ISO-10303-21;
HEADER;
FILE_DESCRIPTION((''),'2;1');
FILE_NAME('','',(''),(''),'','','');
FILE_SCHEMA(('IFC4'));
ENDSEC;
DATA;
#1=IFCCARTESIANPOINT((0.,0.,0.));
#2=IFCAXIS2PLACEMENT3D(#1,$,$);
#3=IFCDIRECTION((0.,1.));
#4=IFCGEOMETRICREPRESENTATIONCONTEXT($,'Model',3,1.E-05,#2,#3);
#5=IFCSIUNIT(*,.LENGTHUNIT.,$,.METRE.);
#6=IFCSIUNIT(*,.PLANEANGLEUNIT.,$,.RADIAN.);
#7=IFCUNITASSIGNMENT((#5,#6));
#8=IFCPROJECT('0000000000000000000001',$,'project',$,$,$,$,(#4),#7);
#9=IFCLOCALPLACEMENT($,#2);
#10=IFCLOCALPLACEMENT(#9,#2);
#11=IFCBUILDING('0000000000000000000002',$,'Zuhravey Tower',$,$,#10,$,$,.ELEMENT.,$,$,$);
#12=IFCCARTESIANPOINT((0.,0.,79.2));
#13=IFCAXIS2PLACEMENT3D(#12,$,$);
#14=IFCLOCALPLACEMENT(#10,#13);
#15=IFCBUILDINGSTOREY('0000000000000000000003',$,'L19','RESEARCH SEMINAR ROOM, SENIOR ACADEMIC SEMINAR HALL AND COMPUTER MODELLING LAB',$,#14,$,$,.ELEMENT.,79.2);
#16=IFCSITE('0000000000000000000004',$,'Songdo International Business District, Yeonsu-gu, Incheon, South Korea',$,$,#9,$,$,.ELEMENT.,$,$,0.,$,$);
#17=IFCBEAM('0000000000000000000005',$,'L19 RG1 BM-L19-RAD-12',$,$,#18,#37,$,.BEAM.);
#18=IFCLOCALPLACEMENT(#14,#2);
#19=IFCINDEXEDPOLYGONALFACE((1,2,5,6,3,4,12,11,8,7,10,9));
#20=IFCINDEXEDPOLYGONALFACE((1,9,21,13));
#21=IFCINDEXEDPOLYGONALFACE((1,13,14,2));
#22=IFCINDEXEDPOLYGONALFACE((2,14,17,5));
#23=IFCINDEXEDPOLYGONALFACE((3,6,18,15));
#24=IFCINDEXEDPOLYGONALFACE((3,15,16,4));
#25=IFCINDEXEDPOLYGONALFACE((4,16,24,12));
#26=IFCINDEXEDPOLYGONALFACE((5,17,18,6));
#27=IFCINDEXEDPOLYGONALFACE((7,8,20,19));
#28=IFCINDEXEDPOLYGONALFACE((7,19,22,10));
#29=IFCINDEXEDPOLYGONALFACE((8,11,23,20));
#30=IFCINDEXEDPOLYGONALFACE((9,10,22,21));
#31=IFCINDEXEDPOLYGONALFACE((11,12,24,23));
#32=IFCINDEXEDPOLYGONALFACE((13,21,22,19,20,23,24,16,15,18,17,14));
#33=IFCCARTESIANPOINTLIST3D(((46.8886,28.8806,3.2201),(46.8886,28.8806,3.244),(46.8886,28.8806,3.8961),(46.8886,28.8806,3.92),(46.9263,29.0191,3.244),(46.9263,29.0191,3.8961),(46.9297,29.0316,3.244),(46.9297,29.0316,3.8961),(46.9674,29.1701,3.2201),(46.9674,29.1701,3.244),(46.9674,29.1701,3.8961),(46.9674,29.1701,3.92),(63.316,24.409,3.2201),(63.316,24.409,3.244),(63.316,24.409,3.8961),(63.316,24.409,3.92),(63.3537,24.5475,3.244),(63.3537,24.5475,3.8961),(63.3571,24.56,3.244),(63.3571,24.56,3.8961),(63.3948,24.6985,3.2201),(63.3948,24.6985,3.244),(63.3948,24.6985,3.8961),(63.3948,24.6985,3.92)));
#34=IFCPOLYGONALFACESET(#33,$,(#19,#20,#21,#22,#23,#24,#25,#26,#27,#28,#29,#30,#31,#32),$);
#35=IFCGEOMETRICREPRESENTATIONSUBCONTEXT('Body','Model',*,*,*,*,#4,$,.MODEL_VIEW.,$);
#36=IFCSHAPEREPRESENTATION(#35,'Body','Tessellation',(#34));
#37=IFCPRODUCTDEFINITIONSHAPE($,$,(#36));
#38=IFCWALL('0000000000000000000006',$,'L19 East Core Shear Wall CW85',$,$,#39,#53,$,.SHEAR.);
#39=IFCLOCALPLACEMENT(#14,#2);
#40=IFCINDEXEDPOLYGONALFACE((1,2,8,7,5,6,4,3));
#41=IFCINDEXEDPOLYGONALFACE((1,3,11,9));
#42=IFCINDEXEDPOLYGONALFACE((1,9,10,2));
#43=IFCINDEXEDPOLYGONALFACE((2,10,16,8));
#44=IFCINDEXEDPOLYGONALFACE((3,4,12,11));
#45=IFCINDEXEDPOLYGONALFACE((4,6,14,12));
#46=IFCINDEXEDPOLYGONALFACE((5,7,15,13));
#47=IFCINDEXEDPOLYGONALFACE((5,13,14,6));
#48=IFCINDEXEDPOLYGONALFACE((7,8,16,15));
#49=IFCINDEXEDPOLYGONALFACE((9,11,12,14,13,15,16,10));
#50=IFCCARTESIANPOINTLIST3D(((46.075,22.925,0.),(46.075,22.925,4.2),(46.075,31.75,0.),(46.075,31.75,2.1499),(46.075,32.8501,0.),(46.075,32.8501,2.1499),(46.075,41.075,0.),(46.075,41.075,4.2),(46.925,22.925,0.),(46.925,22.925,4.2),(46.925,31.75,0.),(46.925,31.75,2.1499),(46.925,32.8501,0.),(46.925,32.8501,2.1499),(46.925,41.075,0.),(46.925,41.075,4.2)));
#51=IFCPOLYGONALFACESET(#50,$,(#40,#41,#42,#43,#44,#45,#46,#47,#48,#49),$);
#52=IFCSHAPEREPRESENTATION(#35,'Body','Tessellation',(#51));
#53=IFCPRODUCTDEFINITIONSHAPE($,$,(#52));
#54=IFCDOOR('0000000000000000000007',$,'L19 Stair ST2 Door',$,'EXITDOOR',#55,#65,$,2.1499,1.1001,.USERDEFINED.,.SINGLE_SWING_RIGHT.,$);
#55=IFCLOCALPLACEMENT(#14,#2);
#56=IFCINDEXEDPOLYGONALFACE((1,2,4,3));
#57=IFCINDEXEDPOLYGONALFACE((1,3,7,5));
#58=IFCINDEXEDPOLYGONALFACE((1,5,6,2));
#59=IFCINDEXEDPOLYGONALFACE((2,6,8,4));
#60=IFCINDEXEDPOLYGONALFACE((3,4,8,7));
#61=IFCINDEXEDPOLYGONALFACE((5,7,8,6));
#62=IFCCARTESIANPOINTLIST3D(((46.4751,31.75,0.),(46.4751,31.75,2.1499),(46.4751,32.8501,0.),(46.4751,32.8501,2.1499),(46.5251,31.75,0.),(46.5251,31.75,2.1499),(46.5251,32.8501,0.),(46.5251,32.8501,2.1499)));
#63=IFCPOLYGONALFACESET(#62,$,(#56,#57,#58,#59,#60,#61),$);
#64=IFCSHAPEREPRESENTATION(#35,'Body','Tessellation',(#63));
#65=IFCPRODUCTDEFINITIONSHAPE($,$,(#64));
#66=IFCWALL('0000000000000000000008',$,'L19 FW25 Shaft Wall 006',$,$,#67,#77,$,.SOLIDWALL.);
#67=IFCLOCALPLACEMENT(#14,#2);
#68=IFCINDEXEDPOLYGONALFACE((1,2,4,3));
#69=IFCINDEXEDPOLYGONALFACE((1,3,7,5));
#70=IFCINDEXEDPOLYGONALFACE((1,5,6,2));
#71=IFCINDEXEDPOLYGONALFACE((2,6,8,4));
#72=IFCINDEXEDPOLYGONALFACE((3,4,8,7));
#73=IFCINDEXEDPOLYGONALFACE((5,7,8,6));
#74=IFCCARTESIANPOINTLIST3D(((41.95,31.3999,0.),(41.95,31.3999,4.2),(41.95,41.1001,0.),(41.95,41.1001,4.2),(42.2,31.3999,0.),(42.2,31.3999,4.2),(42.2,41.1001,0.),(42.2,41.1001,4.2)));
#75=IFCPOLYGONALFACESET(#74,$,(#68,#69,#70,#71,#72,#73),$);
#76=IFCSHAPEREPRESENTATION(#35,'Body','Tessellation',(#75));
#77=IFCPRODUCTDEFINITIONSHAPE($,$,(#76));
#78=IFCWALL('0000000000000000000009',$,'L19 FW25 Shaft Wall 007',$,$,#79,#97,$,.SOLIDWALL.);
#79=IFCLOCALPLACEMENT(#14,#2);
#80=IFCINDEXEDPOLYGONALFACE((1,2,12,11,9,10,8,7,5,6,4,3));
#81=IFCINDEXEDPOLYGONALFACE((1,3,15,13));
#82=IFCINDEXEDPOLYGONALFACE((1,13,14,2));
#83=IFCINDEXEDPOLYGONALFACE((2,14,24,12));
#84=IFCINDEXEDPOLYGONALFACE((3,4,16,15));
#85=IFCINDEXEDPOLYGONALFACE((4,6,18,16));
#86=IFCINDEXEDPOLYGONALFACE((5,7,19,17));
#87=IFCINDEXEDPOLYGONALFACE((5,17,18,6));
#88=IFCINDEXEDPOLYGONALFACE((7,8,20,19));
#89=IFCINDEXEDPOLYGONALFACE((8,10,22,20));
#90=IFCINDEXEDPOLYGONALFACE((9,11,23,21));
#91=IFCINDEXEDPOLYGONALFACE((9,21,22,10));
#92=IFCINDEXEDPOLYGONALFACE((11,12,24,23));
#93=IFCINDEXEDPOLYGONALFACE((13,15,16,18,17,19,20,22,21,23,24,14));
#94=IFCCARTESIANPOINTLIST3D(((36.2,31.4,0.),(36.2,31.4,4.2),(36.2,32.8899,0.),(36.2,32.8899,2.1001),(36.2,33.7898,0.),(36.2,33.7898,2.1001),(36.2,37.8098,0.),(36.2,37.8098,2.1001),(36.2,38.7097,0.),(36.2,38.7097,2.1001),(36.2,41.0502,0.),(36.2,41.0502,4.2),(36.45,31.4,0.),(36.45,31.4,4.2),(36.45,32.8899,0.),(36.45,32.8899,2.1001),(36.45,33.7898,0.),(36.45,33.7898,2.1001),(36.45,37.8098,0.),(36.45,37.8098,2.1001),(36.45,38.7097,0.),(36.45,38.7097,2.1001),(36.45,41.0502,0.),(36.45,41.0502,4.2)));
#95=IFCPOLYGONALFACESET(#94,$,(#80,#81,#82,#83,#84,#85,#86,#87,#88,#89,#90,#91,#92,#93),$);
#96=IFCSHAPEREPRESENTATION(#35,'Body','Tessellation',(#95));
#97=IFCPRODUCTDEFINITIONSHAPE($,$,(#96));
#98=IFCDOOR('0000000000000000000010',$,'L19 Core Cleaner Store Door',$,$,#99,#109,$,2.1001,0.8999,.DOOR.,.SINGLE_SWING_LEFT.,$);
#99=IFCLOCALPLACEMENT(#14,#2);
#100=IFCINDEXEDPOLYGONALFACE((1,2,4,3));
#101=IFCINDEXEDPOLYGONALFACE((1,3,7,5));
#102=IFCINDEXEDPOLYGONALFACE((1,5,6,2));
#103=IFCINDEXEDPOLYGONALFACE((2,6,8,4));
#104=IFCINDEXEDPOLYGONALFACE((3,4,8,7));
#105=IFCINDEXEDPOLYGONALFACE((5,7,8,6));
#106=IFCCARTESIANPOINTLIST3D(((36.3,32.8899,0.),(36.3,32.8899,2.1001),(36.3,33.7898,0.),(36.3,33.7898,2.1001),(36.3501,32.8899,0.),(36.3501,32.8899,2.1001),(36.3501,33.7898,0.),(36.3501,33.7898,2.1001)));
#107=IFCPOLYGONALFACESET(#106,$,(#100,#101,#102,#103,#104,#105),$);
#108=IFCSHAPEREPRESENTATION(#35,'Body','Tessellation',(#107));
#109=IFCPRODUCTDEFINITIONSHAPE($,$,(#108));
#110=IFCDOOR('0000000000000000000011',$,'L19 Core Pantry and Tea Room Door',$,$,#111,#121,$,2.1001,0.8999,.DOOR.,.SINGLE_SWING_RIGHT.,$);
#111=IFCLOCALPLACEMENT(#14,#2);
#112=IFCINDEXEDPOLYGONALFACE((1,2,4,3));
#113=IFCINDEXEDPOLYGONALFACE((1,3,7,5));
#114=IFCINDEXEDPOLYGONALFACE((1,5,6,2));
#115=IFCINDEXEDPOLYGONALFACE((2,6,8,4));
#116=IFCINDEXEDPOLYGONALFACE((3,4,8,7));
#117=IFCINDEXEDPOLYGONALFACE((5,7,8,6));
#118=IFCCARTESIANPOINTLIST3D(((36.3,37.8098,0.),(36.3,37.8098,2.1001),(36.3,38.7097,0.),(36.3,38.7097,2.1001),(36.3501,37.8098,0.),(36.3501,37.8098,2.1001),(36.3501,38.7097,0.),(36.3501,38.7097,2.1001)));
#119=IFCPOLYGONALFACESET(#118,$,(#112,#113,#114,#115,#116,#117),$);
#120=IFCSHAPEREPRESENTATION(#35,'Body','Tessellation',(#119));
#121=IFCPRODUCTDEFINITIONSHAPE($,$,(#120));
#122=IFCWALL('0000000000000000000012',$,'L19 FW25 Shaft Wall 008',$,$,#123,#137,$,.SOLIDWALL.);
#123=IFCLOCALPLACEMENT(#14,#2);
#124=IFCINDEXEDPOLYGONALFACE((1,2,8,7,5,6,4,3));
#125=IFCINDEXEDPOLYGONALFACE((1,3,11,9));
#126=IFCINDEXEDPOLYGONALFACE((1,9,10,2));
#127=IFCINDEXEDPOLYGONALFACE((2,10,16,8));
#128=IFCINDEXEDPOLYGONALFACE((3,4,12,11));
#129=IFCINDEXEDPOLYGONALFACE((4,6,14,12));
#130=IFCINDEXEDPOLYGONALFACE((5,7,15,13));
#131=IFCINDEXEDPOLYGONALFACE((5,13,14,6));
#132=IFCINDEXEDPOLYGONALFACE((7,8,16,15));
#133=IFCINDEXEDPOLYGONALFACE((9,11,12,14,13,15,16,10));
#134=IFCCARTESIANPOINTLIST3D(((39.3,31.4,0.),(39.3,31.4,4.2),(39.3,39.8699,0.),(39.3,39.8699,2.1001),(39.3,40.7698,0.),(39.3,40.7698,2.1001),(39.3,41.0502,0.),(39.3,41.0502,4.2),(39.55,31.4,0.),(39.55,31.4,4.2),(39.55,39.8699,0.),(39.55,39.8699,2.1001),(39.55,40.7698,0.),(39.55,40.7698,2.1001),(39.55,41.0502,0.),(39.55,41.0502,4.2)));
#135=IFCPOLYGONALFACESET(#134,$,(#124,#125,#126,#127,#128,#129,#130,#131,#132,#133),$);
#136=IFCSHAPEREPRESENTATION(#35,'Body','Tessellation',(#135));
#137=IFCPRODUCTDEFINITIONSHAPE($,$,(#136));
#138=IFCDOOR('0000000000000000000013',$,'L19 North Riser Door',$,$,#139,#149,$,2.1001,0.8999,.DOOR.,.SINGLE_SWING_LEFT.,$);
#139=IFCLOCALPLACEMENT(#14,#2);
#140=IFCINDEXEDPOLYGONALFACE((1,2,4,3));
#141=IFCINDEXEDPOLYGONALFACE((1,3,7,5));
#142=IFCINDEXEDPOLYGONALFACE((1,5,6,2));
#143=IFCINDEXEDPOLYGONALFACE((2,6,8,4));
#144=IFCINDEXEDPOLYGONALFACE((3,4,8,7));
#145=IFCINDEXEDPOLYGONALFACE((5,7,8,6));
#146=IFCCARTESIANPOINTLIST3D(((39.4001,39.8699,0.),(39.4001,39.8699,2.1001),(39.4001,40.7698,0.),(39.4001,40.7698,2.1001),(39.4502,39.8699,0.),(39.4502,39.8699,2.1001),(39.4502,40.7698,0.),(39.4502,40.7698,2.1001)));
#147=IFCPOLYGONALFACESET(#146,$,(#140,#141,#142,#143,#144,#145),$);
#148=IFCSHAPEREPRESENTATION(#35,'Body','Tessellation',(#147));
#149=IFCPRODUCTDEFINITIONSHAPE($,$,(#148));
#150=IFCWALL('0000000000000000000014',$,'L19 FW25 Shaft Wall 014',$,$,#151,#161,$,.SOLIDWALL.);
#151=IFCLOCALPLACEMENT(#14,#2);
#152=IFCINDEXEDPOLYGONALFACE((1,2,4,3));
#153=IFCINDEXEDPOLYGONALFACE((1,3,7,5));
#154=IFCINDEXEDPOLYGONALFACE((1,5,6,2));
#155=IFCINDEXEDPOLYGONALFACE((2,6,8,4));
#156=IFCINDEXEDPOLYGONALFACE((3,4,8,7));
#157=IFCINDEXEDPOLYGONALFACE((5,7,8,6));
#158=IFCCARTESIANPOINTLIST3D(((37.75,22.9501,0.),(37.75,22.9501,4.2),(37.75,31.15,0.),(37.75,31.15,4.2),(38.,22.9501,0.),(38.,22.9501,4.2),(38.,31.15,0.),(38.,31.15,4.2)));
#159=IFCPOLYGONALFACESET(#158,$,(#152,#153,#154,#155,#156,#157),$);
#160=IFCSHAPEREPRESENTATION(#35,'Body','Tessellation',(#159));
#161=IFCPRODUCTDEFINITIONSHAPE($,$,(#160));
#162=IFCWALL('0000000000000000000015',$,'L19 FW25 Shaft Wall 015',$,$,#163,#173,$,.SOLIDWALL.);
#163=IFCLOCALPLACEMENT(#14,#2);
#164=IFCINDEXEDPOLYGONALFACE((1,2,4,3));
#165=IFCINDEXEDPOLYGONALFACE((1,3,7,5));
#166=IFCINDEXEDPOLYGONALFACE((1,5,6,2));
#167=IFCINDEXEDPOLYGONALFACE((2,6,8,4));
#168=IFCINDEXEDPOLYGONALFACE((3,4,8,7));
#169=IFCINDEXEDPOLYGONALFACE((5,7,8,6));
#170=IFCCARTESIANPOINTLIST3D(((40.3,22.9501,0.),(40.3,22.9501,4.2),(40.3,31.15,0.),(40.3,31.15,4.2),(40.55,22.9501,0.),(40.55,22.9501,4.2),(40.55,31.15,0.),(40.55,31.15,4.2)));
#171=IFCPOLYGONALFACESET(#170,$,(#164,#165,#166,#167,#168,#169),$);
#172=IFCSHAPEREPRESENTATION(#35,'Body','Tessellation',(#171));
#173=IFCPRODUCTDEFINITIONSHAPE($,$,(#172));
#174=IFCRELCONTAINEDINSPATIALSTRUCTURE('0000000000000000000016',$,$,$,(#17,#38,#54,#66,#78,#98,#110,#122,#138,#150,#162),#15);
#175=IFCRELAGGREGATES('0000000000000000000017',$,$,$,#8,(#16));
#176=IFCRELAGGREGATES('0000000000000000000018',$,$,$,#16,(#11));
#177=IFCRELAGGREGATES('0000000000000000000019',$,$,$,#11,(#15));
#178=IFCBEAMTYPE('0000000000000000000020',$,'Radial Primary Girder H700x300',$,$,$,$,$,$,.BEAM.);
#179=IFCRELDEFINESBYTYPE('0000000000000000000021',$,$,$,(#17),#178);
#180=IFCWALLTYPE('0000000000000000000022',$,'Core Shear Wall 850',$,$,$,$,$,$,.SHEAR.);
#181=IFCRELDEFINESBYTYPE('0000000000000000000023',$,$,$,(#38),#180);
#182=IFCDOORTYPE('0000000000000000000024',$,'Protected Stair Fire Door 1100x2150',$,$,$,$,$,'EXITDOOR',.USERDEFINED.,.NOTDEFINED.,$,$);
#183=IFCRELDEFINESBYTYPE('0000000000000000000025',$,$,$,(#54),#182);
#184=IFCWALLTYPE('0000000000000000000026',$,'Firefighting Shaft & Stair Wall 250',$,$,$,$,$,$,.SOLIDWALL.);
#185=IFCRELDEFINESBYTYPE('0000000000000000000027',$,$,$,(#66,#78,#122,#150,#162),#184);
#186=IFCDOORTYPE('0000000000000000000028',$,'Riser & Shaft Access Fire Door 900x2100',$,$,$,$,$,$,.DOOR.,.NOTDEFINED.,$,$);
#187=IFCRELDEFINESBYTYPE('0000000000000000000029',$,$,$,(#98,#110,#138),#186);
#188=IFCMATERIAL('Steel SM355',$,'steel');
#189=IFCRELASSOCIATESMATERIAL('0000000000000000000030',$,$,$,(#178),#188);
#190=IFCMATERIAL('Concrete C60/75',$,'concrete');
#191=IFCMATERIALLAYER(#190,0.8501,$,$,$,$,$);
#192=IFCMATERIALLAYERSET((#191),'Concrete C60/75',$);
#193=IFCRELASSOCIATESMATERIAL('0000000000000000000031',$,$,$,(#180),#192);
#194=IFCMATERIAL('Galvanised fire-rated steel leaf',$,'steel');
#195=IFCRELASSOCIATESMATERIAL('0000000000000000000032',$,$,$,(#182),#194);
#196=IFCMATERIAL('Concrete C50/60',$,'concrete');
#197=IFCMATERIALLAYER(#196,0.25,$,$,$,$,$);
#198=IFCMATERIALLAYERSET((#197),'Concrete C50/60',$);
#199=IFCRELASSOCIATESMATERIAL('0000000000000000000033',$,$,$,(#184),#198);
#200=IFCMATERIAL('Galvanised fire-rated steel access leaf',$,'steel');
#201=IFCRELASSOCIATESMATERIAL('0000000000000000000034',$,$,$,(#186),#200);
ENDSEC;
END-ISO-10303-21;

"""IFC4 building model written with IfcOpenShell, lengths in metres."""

from ifc_helpers import new_model, si_unit, direction, frame, frame_2d, origin, origin_2d, place, context, subcontext, project, spatial, rectangle, i_section, extrude, material, layer, layer_set, material_profile, profile_set, type_object, element, fill, save


model = new_model("IFC4")

# Units and contexts
model_context = context("Model", 3, precision=1e-05, world=origin(), true_north=direction((0.0, 1.0)))
body_context = subcontext(model_context, "Body", "Model", "MODEL_VIEW")
ifc_project = project(units=[si_unit("LENGTHUNIT", "METRE"), si_unit("PLANEANGLEUNIT", "RADIAN")], contexts=[model_context])

# Site, building, storey
site_placement = place(None, origin())
site = spatial("IfcSite", under=ifc_project, at=site_placement, Name="Songdo International Business District, Yeonsu-gu, Incheon, South Korea", CompositionType="ELEMENT", RefElevation=0.0)
building_placement = place(site_placement, origin())
building = spatial("IfcBuilding", under=site, at=building_placement, Name="Zuhravey Tower", CompositionType="ELEMENT")
storey_placement = place(building_placement, frame((0.0, 0.0, 79.2)))
storey = spatial("IfcBuildingStorey", under=building, at=storey_placement, Name="L19", Description="RESEARCH SEMINAR ROOM, SENIOR ACADEMIC SEMINAR HALL AND COMPUTER MODELLING LAB", CompositionType="ELEMENT", Elevation=79.2)

# Beam
ifc_material_1 = material(Name="Steel SM355", Category="steel")
ifc_material_profile = material_profile(ifc_material_1, i_section(OverallWidth=0.3, OverallDepth=0.7, WebThickness=0.0129, FlangeThickness=0.0239, at=origin_2d()), Name="H-700x300x13x24")
ifc_profile_set = profile_set([ifc_material_profile], Name="Steel SM355")
beam_type = type_object("IfcBeamType", Name="Radial Primary Girder H700x300", PredefinedType="BEAM", material=ifc_profile_set)
beam_placement = place(storey_placement, frame((46.928, 29.0254, 3.5701), z_axis=(0.964891, -0.26265, 0.0), x_axis=(0.26265, 0.964891, 0.0)))
element("IfcBeam", 1, at=beam_placement, inside=storey, type_object=beam_type, Name="L19 RG1 BM-L19-RAD-12", PredefinedType="BEAM", context=body_context, shape_type="SweptSolid", body=[
    extrude(i_section(OverallWidth=0.3, OverallDepth=0.7, WebThickness=0.0129, FlangeThickness=0.0239, at=origin_2d()), origin(), (0.0, 0.0, 1.0), 17.0251),
])

# Wall, opening, door
ifc_material_2 = material(Name="Concrete C60/75", Category="concrete")
ifc_layer_1 = layer(ifc_material_2, 0.8501)
ifc_layer_set_1 = layer_set([ifc_layer_1], Name="Concrete C60/75")
wall_type_1 = type_object("IfcWallType", Name="Core Shear Wall 850", PredefinedType="SHEAR", material=ifc_layer_set_1)
wall_1_placement = place(storey_placement, frame((46.5, 22.925, 0.0), z_axis=(0.0, 0.0, 1.0), x_axis=(0.0, 1.0, 0.0)))
wall_1 = element("IfcWall", 2, at=wall_1_placement, inside=storey, type_object=wall_type_1, Name="L19 East Core Shear Wall CW85", PredefinedType="SHEAR", context=body_context, shape_type="SweptSolid", body=[
    extrude(rectangle(XDim=18.1499, YDim=0.8501, at=frame_2d((9.075, 0.0))), origin(), (0.0, 0.0, 1.0), 4.2),
])
opening_1_placement = place(wall_1_placement, frame((8.825, 0.0, 0.0)))
opening_1 = element("IfcOpeningElement", 3, at=opening_1_placement, cuts=wall_1, PredefinedType="OPENING", context=body_context, shape_type="SweptSolid", body=[
    extrude(rectangle(XDim=1.1001, YDim=2.1499, at=frame_2d((0.55, 1.075))), frame((0.0, 0.437, 0.0), z_axis=(0.0, -1.0, 0.0), x_axis=(1.0, 0.0, 0.0)), (0.0, 0.0, 1.0), 0.874),
])
ifc_material_3 = material(Name="Galvanised fire-rated steel leaf", Category="steel")
door_type_1 = type_object("IfcDoorType", Name="Protected Stair Fire Door 1100x2150", ElementType="EXITDOOR", OperationType="NOTDEFINED", PredefinedType="USERDEFINED", material=ifc_material_3)
door_1_placement = place(opening_1_placement, origin())
door_1 = element("IfcDoor", 4, at=door_1_placement, inside=storey, type_object=door_type_1, Name="L19 Stair ST2 Door", ObjectType="EXITDOOR", OperationType="SINGLE_SWING_RIGHT", OverallHeight=2.1499, OverallWidth=1.1001, PredefinedType="USERDEFINED", context=body_context, shape_type="SweptSolid", body=[
    extrude(rectangle(XDim=1.1001, YDim=2.1499, at=frame_2d((0.55, 1.075))), frame((0.0, 0.0249, 0.0), z_axis=(0.0, -1.0, 0.0), x_axis=(1.0, 0.0, 0.0)), (0.0, 0.0, 1.0), 0.05),
])
fill(opening_1, door_1)

# Wall
ifc_material_4 = material(Name="Concrete C50/60", Category="concrete")
ifc_layer_2 = layer(ifc_material_4, 0.25)
ifc_layer_set_2 = layer_set([ifc_layer_2], Name="Concrete C50/60")
wall_type_2 = type_object("IfcWallType", Name="Firefighting Shaft & Stair Wall 250", PredefinedType="SOLIDWALL", material=ifc_layer_set_2)
wall_2_placement = place(storey_placement, frame((42.075, 31.3999, 0.0), z_axis=(0.0, 0.0, 1.0), x_axis=(0.0, 1.0, 0.0)))
element("IfcWall", 5, at=wall_2_placement, inside=storey, type_object=wall_type_2, Name="L19 FW25 Shaft Wall 006", PredefinedType="SOLIDWALL", context=body_context, shape_type="SweptSolid", body=[
    extrude(rectangle(XDim=9.7002, YDim=0.25, at=frame_2d((4.8501, 0.0))), origin(), (0.0, 0.0, 1.0), 4.2),
])

# Wall, openings, doors
wall_3_placement = place(storey_placement, frame((36.325, 31.3999, 0.0), z_axis=(0.0, 0.0, 1.0), x_axis=(0.0, 1.0, 0.0)))
wall_3 = element("IfcWall", 6, at=wall_3_placement, inside=storey, type_object=wall_type_2, Name="L19 FW25 Shaft Wall 007", PredefinedType="SOLIDWALL", context=body_context, shape_type="SweptSolid", body=[
    extrude(rectangle(XDim=9.6501, YDim=0.25, at=frame_2d((4.8252, 0.0))), origin(), (0.0, 0.0, 1.0), 4.2),
])
opening_2_placement = place(wall_3_placement, frame((1.49, 0.0, 0.0)))
opening_2 = element("IfcOpeningElement", 7, at=opening_2_placement, cuts=wall_3, PredefinedType="OPENING", context=body_context, shape_type="SweptSolid", body=[
    extrude(rectangle(XDim=0.8999, YDim=2.1001, at=frame_2d((0.45, 1.05))), frame((0.0, 0.137, 0.0), z_axis=(0.0, -1.0, 0.0), x_axis=(1.0, 0.0, 0.0)), (0.0, 0.0, 1.0), 0.2739),
])
opening_3_placement = place(wall_3_placement, frame((6.4099, 0.0, 0.0)))
opening_3 = element("IfcOpeningElement", 8, at=opening_3_placement, cuts=wall_3, PredefinedType="OPENING", context=body_context, shape_type="SweptSolid", body=[
    extrude(rectangle(XDim=0.8999, YDim=2.1001, at=frame_2d((0.45, 1.05))), frame((0.0, 0.137, 0.0), z_axis=(0.0, -1.0, 0.0), x_axis=(1.0, 0.0, 0.0)), (0.0, 0.0, 1.0), 0.2739),
])
ifc_material_5 = material(Name="Galvanised fire-rated steel access leaf", Category="steel")
door_type_2 = type_object("IfcDoorType", Name="Riser & Shaft Access Fire Door 900x2100", OperationType="NOTDEFINED", PredefinedType="DOOR", material=ifc_material_5)
door_2_placement = place(opening_2_placement, origin())
door_2 = element("IfcDoor", 9, at=door_2_placement, inside=storey, type_object=door_type_2, Name="L19 Core Cleaner Store Door", OperationType="SINGLE_SWING_LEFT", OverallHeight=2.1001, OverallWidth=0.8999, PredefinedType="DOOR", context=body_context, shape_type="SweptSolid", body=[
    extrude(rectangle(XDim=0.8999, YDim=2.1001, at=frame_2d((0.45, 1.05))), frame((0.0, 0.0249, 0.0), z_axis=(0.0, -1.0, 0.0), x_axis=(1.0, 0.0, 0.0)), (0.0, 0.0, 1.0), 0.05),
])
fill(opening_2, door_2)
door_3_placement = place(opening_3_placement, origin())
door_3 = element("IfcDoor", 10, at=door_3_placement, inside=storey, type_object=door_type_2, Name="L19 Core Pantry and Tea Room Door", OperationType="SINGLE_SWING_RIGHT", OverallHeight=2.1001, OverallWidth=0.8999, PredefinedType="DOOR", context=body_context, shape_type="SweptSolid", body=[
    extrude(rectangle(XDim=0.8999, YDim=2.1001, at=frame_2d((0.45, 1.05))), frame((0.0, 0.0249, 0.0), z_axis=(0.0, -1.0, 0.0), x_axis=(1.0, 0.0, 0.0)), (0.0, 0.0, 1.0), 0.05),
])
fill(opening_3, door_3)

# Wall, opening, door
wall_4_placement = place(storey_placement, frame((39.425, 31.3999, 0.0), z_axis=(0.0, 0.0, 1.0), x_axis=(0.0, 1.0, 0.0)))
wall_4 = element("IfcWall", 11, at=wall_4_placement, inside=storey, type_object=wall_type_2, Name="L19 FW25 Shaft Wall 008", PredefinedType="SOLIDWALL", context=body_context, shape_type="SweptSolid", body=[
    extrude(rectangle(XDim=9.6501, YDim=0.25, at=frame_2d((4.8252, 0.0))), origin(), (0.0, 0.0, 1.0), 4.2),
])
opening_4_placement = place(wall_4_placement, frame((8.47, 0.0, 0.0)))
opening_4 = element("IfcOpeningElement", 12, at=opening_4_placement, cuts=wall_4, PredefinedType="OPENING", context=body_context, shape_type="SweptSolid", body=[
    extrude(rectangle(XDim=0.8999, YDim=2.1001, at=frame_2d((0.45, 1.05))), frame((0.0, 0.137, 0.0), z_axis=(0.0, -1.0, 0.0), x_axis=(1.0, 0.0, 0.0)), (0.0, 0.0, 1.0), 0.2739),
])
door_4_placement = place(opening_4_placement, origin())
door_4 = element("IfcDoor", 13, at=door_4_placement, inside=storey, type_object=door_type_2, Name="L19 North Riser Door", OperationType="SINGLE_SWING_LEFT", OverallHeight=2.1001, OverallWidth=0.8999, PredefinedType="DOOR", context=body_context, shape_type="SweptSolid", body=[
    extrude(rectangle(XDim=0.8999, YDim=2.1001, at=frame_2d((0.45, 1.05))), frame((0.0, 0.0249, 0.0), z_axis=(0.0, -1.0, 0.0), x_axis=(1.0, 0.0, 0.0)), (0.0, 0.0, 1.0), 0.05),
])
fill(opening_4, door_4)

# Walls
for number, where, z_axis, x_axis, name in (
    (14, (37.875, 22.95, 0.0), (0.0, 0.0, 1.0), (0.0, 1.0, 0.0), "L19 FW25 Shaft Wall 014"),
    (15, (40.425, 22.95, 0.0), (0.0, 0.0, 1.0), (0.0, 1.0, 0.0), "L19 FW25 Shaft Wall 015"),
):
    element("IfcWall", number, at=place(storey_placement, frame(where, z_axis=z_axis, x_axis=x_axis)), inside=storey, type_object=wall_type_2, Name=name, PredefinedType="SOLIDWALL", context=body_context, shape_type="SweptSolid", body=[
        extrude(rectangle(XDim=8.2, YDim=0.25, at=frame_2d((4.1001, 0.0))), origin(), (0.0, 0.0, 1.0), 4.2),
    ])

save(model, "model.ifc")
